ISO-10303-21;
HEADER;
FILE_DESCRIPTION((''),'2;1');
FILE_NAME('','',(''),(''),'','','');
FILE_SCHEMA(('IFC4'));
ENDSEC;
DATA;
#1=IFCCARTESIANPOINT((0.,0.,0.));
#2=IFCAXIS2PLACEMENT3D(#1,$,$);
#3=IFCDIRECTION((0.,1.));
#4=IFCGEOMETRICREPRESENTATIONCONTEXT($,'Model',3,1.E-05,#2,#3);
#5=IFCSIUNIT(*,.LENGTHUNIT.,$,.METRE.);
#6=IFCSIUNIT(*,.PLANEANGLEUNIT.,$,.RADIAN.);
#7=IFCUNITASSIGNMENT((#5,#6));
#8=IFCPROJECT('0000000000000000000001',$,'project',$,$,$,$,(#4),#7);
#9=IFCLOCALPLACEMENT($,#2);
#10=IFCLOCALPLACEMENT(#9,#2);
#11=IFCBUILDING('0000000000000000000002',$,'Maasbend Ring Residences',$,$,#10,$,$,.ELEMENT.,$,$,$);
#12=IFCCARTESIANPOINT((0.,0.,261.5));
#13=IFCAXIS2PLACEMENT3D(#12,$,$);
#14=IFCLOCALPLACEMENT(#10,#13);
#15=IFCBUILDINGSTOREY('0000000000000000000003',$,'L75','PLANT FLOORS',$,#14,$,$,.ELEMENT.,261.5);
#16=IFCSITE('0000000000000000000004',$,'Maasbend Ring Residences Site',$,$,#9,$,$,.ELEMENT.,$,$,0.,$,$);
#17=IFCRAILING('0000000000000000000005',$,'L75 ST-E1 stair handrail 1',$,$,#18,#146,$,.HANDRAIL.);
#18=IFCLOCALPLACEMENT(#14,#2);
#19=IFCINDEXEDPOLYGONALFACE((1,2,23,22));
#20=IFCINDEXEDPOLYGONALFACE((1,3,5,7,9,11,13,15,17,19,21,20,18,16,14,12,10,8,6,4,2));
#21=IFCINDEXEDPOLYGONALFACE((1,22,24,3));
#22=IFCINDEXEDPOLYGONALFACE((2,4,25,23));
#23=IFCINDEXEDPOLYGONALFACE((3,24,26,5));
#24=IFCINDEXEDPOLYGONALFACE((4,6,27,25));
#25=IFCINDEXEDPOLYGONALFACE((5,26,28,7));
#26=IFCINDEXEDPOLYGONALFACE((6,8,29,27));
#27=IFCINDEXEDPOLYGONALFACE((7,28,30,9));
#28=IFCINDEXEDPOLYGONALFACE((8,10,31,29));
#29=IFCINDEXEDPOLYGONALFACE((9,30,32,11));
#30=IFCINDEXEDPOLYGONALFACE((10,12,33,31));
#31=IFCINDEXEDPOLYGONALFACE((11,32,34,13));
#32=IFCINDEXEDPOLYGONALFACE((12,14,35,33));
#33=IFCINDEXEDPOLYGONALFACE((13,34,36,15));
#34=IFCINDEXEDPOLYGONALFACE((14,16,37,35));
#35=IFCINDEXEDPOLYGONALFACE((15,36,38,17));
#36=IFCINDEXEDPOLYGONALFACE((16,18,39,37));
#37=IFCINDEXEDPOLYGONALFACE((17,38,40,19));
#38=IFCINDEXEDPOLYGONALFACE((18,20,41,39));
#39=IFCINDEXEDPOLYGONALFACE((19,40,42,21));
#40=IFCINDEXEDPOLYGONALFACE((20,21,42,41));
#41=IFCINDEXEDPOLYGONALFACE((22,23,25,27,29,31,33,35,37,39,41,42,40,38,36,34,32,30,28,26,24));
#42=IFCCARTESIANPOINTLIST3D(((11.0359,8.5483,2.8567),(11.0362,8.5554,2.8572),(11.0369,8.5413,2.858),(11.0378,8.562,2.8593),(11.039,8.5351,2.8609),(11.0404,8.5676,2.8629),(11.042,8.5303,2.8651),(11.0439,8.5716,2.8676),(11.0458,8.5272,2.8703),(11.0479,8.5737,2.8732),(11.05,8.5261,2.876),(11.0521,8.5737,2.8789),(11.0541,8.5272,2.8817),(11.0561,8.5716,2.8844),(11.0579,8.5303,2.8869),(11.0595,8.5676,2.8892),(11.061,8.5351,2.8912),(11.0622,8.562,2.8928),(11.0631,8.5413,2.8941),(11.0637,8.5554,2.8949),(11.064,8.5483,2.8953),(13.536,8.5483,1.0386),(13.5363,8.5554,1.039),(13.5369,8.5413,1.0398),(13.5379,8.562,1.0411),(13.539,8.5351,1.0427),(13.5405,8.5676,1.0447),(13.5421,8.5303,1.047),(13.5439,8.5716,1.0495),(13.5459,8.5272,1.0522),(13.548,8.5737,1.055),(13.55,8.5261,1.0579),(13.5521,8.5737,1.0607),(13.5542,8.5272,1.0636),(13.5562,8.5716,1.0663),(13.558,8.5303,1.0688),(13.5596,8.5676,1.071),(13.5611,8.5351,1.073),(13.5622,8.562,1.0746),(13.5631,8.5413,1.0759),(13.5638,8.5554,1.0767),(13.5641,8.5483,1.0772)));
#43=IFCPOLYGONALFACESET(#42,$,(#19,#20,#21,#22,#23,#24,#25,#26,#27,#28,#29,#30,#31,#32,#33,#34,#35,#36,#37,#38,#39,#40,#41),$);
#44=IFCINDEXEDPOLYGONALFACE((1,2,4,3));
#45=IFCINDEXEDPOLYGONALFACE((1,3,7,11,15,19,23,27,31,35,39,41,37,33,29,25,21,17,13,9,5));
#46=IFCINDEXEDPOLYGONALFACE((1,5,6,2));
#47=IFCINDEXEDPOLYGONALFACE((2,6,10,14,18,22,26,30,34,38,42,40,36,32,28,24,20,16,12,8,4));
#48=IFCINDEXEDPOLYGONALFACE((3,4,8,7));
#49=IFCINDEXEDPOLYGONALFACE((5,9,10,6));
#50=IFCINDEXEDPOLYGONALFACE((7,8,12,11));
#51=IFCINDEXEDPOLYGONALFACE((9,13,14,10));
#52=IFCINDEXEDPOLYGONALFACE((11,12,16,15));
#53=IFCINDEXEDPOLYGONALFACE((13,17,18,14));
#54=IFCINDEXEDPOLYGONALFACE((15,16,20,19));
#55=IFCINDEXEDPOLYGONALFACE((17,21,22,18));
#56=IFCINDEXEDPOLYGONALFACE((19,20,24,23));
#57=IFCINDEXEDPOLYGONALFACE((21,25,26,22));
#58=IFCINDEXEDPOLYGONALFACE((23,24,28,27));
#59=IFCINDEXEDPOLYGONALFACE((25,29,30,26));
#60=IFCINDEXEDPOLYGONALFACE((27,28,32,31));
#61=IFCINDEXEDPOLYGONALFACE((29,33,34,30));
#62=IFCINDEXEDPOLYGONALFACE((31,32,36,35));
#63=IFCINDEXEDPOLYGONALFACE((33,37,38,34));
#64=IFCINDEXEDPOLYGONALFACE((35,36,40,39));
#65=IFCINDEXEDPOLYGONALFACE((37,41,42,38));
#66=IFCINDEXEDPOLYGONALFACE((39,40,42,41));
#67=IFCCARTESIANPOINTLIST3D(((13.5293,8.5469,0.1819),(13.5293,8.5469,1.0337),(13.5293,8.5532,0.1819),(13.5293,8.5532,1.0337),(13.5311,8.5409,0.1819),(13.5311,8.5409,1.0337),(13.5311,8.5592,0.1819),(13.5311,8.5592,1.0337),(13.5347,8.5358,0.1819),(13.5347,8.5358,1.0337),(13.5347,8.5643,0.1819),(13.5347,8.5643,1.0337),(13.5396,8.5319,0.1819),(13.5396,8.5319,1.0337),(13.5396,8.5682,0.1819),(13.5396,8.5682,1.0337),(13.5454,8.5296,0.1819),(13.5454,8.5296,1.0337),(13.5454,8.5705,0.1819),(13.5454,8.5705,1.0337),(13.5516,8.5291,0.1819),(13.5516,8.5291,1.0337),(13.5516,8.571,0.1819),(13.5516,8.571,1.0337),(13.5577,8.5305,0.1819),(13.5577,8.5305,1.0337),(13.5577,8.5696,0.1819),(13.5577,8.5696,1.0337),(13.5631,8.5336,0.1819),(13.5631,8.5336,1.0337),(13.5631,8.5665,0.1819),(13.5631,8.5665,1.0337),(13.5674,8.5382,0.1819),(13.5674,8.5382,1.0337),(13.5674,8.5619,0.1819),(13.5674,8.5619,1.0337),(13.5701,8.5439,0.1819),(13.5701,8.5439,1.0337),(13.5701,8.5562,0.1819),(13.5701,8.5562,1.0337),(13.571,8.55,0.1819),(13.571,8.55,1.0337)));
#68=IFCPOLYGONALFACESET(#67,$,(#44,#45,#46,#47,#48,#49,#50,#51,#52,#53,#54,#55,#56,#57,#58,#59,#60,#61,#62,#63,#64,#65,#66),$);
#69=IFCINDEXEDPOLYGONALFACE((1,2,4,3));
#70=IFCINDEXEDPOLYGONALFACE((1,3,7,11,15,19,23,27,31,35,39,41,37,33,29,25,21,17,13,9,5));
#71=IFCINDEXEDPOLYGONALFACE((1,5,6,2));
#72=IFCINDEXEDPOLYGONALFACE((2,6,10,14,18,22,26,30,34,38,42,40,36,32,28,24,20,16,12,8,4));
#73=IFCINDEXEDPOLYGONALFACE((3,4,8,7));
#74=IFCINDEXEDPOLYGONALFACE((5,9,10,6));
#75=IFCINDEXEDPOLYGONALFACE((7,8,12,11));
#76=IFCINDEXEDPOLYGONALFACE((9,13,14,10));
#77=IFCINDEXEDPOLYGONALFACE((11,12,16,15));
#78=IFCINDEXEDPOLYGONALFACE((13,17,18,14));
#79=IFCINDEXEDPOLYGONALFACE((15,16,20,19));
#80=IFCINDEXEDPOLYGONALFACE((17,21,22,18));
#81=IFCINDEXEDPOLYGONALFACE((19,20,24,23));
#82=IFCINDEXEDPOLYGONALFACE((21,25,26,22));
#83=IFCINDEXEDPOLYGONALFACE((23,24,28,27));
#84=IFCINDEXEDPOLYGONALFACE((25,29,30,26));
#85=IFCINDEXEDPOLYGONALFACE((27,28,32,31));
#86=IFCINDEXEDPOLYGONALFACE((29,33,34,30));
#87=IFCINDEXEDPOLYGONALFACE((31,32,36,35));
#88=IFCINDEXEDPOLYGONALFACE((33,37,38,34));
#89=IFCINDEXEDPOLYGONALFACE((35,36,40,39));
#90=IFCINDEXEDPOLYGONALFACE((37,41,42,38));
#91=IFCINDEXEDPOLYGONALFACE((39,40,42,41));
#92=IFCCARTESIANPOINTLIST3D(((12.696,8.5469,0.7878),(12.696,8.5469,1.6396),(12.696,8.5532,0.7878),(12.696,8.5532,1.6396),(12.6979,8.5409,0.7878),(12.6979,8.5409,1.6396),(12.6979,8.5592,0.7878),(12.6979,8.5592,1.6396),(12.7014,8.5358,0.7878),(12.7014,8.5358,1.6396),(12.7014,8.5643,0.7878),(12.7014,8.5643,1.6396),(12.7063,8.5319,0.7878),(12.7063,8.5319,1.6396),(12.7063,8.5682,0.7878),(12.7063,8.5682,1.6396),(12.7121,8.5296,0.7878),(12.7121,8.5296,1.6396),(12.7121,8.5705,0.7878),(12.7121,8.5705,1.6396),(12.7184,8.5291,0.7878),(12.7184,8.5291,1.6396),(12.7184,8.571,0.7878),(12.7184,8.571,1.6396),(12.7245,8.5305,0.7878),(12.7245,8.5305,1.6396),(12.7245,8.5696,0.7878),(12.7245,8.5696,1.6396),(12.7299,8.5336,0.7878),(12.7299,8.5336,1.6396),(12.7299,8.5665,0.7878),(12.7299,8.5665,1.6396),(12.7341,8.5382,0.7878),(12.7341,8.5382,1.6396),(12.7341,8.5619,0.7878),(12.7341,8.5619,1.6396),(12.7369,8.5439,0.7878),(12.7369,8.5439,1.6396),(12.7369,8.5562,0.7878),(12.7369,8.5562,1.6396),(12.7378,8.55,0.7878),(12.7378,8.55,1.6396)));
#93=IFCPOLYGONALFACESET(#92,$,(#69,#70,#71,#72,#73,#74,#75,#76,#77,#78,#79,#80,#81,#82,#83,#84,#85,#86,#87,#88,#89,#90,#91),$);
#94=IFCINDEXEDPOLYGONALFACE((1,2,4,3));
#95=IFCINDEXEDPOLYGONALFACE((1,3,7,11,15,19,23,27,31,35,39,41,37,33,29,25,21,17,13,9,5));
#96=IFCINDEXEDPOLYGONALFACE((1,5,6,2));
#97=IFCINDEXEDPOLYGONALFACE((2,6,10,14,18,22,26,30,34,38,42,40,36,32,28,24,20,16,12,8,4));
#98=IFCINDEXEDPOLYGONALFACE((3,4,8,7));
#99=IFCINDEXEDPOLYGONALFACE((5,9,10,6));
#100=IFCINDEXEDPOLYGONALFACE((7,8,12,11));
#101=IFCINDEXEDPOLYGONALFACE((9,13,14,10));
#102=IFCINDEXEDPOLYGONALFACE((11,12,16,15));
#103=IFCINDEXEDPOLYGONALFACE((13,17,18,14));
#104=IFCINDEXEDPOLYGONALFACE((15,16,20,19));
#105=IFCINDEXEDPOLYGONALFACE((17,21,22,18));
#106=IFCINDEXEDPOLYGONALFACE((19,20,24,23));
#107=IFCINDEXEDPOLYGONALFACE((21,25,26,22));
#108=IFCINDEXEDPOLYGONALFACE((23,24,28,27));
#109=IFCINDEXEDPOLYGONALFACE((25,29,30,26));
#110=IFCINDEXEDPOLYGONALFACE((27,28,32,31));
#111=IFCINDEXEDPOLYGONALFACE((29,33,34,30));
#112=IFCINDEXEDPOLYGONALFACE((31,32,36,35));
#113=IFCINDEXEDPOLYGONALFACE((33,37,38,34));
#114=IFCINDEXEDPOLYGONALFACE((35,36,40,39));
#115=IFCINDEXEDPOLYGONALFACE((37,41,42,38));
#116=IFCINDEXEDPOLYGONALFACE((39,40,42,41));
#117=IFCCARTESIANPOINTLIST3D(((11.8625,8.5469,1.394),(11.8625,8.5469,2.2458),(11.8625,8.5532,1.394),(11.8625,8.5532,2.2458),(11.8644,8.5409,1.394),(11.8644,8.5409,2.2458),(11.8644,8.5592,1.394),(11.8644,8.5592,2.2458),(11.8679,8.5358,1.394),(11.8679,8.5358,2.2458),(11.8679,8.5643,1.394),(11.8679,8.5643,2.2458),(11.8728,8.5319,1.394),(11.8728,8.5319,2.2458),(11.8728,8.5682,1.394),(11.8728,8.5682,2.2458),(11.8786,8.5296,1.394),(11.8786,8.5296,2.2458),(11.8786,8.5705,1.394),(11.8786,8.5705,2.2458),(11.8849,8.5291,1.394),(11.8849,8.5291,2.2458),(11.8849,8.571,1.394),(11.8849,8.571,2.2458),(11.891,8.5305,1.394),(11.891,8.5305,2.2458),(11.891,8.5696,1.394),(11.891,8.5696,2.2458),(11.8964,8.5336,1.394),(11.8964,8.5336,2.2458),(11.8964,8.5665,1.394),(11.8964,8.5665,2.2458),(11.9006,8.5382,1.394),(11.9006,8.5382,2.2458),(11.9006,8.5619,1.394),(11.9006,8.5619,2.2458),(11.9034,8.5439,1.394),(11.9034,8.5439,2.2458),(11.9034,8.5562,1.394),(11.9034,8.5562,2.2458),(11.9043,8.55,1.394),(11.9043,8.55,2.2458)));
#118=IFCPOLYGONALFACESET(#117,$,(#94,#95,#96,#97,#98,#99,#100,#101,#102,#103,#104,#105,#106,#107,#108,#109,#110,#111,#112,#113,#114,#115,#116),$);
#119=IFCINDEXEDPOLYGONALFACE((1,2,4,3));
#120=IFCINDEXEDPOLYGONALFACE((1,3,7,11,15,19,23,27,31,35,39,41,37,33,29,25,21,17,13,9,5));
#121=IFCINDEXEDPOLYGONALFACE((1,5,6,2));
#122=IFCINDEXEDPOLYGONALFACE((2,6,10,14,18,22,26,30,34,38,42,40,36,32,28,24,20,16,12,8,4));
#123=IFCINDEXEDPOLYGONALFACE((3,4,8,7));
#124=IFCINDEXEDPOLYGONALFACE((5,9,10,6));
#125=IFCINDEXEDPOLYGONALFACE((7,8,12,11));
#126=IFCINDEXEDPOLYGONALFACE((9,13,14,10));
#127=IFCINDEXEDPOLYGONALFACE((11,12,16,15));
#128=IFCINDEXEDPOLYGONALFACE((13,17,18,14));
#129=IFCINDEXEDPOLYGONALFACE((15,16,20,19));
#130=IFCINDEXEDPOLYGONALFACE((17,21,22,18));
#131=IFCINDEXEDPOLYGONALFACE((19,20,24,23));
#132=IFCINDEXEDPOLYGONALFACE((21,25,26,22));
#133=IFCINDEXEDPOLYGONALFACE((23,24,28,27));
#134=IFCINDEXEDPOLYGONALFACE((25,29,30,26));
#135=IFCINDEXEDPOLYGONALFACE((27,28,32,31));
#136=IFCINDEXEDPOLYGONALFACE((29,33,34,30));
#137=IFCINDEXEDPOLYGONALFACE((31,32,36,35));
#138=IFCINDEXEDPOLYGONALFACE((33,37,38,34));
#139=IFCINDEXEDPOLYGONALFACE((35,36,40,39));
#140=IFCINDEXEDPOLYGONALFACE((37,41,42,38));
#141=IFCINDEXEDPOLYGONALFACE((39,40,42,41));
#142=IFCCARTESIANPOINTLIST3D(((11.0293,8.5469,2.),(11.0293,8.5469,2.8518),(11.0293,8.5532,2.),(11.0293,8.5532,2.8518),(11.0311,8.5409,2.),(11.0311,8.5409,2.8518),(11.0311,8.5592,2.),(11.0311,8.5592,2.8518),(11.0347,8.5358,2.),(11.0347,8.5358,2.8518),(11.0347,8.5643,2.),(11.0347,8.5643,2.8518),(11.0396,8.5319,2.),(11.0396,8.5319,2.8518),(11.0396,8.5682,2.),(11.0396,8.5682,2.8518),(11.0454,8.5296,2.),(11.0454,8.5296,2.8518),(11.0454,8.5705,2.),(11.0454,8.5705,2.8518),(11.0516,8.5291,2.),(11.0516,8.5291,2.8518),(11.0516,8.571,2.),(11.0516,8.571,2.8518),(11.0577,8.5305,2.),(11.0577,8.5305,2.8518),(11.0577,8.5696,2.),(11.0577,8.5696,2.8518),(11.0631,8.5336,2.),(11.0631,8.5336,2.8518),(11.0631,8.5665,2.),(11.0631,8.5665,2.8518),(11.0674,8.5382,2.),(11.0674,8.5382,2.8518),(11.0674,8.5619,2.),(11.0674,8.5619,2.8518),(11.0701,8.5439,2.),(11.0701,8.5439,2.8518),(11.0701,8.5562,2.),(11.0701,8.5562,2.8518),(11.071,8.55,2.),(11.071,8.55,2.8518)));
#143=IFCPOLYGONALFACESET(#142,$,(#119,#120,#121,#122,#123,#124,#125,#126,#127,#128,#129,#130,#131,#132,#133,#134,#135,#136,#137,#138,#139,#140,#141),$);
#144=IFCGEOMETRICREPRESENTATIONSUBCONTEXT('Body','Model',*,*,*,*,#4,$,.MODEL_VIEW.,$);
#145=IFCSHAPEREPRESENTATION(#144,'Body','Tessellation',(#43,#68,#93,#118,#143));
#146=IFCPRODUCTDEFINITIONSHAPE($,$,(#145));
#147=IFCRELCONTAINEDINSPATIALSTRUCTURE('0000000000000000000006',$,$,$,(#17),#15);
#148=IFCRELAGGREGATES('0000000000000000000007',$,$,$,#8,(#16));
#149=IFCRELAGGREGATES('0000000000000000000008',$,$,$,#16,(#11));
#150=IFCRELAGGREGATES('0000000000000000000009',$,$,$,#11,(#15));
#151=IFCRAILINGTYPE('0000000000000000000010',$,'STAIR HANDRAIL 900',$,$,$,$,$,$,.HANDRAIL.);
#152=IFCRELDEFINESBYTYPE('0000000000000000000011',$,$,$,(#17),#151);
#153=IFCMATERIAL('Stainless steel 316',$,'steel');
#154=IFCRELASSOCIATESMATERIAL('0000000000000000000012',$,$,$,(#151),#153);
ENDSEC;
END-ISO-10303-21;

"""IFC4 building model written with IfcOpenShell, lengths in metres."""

from ifc_helpers import new_model, si_unit, direction, frame, origin, origin_2d, place, context, subcontext, project, spatial, circle, extrude, material, type_object, element, save


model = new_model("IFC4")

# Units and contexts
model_context = context("Model", 3, precision=1e-05, world=origin(), true_north=direction((0.0, 1.0)))
body_context = subcontext(model_context, "Body", "Model", "MODEL_VIEW")
ifc_project = project(units=[si_unit("LENGTHUNIT", "METRE"), si_unit("PLANEANGLEUNIT", "RADIAN")], contexts=[model_context])

# Site, building, storey
site_placement = place(None, origin())
site = spatial("IfcSite", under=ifc_project, at=site_placement, Name="Maasbend Ring Residences Site", CompositionType="ELEMENT", RefElevation=0.0)
building_placement = place(site_placement, origin())
building = spatial("IfcBuilding", under=site, at=building_placement, Name="Maasbend Ring Residences", CompositionType="ELEMENT")
storey_placement = place(building_placement, frame((0.0, 0.0, 261.5)))
storey = spatial("IfcBuildingStorey", under=building, at=storey_placement, Name="L75", Description="PLANT FLOORS", CompositionType="ELEMENT", Elevation=261.5)

# Railing
ifc_material_1 = material(Name="Stainless steel 316", Category="steel")
railing_type_1 = type_object("IfcRailingType", Name="STAIR HANDRAIL 900", PredefinedType="HANDRAIL", material=ifc_material_1)
railing_1_placement = place(storey_placement, frame((13.55, 8.55, 0.1819)))
element("IfcRailing", 1, at=railing_1_placement, inside=storey, type_object=railing_type_1, Name="L75 ST-E1 stair handrail 1", PredefinedType="HANDRAIL", context=body_context, shape_type="SweptSolid", body=[
    extrude(circle(Radius=0.0239, at=origin_2d()), frame((0.0, 0.0, 0.876), z_axis=(-0.808746, 0.0, 0.588158), x_axis=(0.0, -1.0, 0.0)), (0.0, 0.0, 1.0), 3.0913),
    extrude(circle(Radius=0.021, at=origin_2d()), origin(), (0.0, 0.0, 1.0), 0.8518),
    extrude(circle(Radius=0.021, at=origin_2d()), frame((-0.8333, 0.0, 0.606)), (0.0, 0.0, 1.0), 0.8518),
    extrude(circle(Radius=0.021, at=origin_2d()), frame((-1.6667, 0.0, 1.2122)), (0.0, 0.0, 1.0), 0.8518),
    extrude(circle(Radius=0.021, at=origin_2d()), frame((-2.5, 0.0, 1.8181)), (0.0, 0.0, 1.0), 0.8518),
])

save(model, "model.ifc")
